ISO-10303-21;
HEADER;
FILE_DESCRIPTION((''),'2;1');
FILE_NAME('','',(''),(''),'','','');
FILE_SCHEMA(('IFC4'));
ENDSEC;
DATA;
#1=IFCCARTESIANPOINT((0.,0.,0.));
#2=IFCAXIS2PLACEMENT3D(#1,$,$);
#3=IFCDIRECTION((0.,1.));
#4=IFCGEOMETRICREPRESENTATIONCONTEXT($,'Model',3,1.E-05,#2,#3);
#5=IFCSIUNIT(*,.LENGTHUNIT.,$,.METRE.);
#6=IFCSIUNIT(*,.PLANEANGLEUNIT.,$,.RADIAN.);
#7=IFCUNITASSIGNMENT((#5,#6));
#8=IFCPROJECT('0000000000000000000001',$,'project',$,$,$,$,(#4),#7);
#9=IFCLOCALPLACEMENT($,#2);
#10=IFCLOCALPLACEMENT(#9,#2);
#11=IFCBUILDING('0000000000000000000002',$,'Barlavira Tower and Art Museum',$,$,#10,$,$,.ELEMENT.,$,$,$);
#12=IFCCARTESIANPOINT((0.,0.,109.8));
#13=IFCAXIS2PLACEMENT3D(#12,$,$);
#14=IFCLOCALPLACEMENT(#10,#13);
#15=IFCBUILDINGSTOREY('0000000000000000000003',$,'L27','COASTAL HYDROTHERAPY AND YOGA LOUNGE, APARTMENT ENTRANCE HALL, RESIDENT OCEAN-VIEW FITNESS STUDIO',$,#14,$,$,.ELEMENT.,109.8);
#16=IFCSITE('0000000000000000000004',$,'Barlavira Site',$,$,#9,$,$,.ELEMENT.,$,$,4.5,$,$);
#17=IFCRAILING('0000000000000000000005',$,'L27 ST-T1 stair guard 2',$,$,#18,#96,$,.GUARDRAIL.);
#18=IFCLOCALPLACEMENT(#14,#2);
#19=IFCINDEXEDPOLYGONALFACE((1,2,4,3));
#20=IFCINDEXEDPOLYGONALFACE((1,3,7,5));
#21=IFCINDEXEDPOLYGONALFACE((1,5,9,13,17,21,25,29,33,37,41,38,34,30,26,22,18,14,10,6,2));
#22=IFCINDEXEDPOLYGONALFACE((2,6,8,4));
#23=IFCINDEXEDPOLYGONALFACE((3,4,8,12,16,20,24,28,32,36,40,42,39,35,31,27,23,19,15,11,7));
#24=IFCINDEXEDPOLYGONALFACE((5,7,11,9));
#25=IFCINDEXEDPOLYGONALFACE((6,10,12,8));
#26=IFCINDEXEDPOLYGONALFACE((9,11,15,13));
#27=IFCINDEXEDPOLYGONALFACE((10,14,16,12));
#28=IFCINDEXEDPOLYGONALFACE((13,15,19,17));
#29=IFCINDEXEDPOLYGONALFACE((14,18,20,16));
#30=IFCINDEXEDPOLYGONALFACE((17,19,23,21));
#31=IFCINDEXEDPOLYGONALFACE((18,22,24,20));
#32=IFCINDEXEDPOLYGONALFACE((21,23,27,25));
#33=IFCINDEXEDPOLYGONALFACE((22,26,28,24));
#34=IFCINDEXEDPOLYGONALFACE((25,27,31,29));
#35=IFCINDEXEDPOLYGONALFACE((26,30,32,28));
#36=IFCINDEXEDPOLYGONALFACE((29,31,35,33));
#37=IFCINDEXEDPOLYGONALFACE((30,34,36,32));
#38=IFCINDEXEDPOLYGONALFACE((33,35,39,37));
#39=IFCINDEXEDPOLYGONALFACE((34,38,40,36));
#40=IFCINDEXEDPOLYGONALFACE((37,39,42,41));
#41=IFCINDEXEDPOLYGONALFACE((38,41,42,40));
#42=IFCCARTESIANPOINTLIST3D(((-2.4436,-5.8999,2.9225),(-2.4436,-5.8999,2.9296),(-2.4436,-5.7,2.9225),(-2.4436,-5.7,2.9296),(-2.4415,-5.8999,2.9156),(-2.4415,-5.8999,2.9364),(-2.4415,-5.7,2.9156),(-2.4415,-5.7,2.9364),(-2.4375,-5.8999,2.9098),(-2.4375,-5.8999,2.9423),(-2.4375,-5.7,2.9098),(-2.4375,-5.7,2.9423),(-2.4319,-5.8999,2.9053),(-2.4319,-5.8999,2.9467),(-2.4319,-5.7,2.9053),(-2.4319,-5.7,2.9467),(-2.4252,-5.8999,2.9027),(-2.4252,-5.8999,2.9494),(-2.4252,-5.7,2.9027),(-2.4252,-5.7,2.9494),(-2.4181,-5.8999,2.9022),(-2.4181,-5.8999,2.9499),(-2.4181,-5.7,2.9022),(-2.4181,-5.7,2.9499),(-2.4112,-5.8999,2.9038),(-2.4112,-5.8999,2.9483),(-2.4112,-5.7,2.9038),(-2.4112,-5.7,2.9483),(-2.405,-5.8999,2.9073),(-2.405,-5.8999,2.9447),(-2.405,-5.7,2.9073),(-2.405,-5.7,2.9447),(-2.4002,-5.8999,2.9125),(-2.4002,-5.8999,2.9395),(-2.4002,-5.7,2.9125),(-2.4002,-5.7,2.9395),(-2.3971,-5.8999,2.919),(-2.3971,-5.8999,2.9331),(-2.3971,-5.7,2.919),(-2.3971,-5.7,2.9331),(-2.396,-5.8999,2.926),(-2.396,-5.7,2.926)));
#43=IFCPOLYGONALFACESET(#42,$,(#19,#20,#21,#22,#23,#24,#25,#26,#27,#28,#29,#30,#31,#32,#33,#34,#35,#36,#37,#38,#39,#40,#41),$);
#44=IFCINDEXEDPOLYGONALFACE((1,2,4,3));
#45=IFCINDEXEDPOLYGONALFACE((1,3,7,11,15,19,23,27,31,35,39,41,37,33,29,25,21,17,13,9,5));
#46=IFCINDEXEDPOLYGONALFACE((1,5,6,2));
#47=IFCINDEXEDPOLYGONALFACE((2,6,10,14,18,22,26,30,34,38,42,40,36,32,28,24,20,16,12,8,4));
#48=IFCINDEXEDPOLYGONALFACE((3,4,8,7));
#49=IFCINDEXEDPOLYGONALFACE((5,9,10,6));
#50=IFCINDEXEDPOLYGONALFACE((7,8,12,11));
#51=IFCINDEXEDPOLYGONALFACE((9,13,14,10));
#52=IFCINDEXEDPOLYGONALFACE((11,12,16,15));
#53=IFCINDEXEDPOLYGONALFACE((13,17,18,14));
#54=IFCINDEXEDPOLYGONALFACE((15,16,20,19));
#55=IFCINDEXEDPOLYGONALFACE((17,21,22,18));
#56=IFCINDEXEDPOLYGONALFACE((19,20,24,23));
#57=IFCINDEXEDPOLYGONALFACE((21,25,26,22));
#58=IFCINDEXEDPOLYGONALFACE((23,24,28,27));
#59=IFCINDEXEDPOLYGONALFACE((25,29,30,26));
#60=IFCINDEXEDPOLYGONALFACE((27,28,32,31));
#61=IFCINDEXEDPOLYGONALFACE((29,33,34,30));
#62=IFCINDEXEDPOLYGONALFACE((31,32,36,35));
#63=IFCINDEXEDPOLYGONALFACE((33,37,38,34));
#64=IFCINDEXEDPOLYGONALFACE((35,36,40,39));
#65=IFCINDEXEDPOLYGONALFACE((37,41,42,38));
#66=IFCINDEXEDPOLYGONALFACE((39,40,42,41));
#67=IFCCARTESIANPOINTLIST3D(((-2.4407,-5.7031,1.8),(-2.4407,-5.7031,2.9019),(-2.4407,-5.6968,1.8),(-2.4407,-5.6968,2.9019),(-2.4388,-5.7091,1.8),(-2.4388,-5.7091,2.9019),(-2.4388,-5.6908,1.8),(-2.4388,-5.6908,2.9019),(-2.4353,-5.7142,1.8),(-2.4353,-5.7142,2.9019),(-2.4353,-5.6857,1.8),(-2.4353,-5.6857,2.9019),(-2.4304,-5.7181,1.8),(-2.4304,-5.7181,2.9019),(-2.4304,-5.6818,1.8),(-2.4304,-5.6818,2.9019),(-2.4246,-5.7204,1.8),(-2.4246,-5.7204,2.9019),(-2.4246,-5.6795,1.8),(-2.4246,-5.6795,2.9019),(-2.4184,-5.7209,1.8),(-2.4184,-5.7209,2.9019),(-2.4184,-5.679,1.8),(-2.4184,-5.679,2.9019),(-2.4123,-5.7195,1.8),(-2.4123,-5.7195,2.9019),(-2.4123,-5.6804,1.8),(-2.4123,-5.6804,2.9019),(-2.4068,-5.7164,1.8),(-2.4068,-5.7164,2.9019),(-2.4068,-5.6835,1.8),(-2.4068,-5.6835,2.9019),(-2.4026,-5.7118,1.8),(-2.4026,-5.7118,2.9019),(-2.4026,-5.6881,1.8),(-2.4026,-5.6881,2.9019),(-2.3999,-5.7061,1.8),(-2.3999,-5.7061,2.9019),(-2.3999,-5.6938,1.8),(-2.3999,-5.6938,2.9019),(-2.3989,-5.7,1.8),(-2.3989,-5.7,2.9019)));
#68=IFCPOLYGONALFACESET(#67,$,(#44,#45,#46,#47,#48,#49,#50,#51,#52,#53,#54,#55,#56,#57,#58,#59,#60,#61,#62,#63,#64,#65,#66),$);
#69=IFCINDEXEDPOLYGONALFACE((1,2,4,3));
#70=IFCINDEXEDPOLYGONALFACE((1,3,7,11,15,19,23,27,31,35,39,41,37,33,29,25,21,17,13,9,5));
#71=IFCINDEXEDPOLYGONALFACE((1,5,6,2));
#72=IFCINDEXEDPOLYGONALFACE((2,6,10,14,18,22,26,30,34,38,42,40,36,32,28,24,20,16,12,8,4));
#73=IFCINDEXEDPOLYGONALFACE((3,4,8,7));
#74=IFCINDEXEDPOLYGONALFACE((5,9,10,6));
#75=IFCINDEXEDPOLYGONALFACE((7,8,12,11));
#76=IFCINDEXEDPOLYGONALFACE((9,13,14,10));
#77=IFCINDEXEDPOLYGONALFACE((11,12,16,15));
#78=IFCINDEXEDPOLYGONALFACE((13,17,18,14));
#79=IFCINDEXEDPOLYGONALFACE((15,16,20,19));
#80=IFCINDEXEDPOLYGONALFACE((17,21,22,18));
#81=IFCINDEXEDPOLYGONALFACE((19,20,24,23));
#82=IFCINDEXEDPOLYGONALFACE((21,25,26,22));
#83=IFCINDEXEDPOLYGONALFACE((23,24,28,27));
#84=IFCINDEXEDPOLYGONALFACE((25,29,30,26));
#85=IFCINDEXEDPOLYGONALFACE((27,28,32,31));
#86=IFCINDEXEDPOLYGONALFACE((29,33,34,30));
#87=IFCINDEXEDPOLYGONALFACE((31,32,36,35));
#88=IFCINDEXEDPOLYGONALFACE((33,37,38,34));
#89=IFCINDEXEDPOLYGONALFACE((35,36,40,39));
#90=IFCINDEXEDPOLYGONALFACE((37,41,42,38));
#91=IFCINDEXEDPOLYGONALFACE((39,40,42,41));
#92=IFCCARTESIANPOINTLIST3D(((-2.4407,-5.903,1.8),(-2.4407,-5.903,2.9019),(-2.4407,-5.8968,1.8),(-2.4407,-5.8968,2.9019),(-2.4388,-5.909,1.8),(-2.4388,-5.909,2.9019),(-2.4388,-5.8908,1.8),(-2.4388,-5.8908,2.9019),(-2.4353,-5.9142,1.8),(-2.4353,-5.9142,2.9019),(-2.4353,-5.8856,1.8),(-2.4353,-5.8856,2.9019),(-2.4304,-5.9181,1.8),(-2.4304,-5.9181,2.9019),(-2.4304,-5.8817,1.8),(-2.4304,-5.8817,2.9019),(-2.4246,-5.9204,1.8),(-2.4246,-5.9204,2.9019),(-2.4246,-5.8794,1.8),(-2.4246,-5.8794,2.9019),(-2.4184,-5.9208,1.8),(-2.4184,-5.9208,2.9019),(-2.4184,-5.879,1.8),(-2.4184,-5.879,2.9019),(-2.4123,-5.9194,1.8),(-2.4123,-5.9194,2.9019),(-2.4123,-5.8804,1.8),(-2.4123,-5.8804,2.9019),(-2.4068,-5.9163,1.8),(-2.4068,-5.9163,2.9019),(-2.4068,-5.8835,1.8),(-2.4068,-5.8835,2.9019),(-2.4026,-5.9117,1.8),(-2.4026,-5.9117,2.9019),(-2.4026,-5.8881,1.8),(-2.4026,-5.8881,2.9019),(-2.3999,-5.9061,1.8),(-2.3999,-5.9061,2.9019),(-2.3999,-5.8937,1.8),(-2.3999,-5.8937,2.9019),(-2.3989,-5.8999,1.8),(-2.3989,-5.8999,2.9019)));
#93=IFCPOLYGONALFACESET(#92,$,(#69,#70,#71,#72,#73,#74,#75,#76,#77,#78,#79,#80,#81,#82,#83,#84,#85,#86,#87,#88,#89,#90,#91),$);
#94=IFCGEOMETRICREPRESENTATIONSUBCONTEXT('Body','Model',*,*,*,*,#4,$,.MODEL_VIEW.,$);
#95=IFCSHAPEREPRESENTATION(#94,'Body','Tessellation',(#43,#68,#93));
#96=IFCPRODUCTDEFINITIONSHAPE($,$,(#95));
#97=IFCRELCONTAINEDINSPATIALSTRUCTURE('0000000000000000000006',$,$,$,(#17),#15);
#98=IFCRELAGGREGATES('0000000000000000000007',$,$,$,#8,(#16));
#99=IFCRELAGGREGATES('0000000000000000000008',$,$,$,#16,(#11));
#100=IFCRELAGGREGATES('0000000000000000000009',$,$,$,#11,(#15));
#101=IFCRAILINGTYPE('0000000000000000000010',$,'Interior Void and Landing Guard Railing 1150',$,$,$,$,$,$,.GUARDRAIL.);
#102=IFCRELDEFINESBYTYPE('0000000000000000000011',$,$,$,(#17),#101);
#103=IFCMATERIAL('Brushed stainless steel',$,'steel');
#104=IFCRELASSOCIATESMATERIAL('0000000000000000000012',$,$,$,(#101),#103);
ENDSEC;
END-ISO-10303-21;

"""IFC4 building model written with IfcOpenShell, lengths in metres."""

from ifc_helpers import new_model, si_unit, direction, frame, origin, origin_2d, place, context, subcontext, project, spatial, circle, extrude, material, type_object, element, save


model = new_model("IFC4")

# Units and contexts
model_context = context("Model", 3, precision=1e-05, world=origin(), true_north=direction((0.0, 1.0)))
body_context = subcontext(model_context, "Body", "Model", "MODEL_VIEW")
ifc_project = project(units=[si_unit("LENGTHUNIT", "METRE"), si_unit("PLANEANGLEUNIT", "RADIAN")], contexts=[model_context])

# Site, building, storey
site_placement = place(None, origin())
site = spatial("IfcSite", under=ifc_project, at=site_placement, Name="Barlavira Site", CompositionType="ELEMENT", RefElevation=4.5)
building_placement = place(site_placement, origin())
building = spatial("IfcBuilding", under=site, at=building_placement, Name="Barlavira Tower and Art Museum", CompositionType="ELEMENT")
storey_placement = place(building_placement, frame((0.0, 0.0, 109.8)))
storey = spatial("IfcBuildingStorey", under=building, at=storey_placement, Name="L27", Description="COASTAL HYDROTHERAPY AND YOGA LOUNGE, APARTMENT ENTRANCE HALL, RESIDENT OCEAN-VIEW FITNESS STUDIO", CompositionType="ELEMENT", Elevation=109.8)

# Shared definitions
ifc_material_1 = material(Name="Brushed stainless steel", Category="steel")

# Railing
railing_type_1 = type_object("IfcRailingType", Name="Interior Void and Landing Guard Railing 1150", PredefinedType="GUARDRAIL", material=ifc_material_1)
railing_1_placement = place(storey_placement, frame((-2.4199, -5.7, 1.8)))
element("IfcRailing", 1, at=railing_1_placement, inside=storey, type_object=railing_type_1, Name="L27 ST-T1 stair guard 2", PredefinedType="GUARDRAIL", context=body_context, shape_type="SweptSolid", body=[
    extrude(circle(Radius=0.0239, at=origin_2d()), frame((0.0, 0.0, 1.126), z_axis=(0.0, -1.0, 0.0), x_axis=(1.0, 0.0, 0.0)), (0.0, 0.0, 1.0), 0.2),
    extrude(circle(Radius=0.021, at=origin_2d()), origin(), (0.0, 0.0, 1.0), 1.1018),
    extrude(circle(Radius=0.021, at=origin_2d()), frame((0.0, -0.2, 0.0)), (0.0, 0.0, 1.0), 1.1018),
])

save(model, "model.ifc")
